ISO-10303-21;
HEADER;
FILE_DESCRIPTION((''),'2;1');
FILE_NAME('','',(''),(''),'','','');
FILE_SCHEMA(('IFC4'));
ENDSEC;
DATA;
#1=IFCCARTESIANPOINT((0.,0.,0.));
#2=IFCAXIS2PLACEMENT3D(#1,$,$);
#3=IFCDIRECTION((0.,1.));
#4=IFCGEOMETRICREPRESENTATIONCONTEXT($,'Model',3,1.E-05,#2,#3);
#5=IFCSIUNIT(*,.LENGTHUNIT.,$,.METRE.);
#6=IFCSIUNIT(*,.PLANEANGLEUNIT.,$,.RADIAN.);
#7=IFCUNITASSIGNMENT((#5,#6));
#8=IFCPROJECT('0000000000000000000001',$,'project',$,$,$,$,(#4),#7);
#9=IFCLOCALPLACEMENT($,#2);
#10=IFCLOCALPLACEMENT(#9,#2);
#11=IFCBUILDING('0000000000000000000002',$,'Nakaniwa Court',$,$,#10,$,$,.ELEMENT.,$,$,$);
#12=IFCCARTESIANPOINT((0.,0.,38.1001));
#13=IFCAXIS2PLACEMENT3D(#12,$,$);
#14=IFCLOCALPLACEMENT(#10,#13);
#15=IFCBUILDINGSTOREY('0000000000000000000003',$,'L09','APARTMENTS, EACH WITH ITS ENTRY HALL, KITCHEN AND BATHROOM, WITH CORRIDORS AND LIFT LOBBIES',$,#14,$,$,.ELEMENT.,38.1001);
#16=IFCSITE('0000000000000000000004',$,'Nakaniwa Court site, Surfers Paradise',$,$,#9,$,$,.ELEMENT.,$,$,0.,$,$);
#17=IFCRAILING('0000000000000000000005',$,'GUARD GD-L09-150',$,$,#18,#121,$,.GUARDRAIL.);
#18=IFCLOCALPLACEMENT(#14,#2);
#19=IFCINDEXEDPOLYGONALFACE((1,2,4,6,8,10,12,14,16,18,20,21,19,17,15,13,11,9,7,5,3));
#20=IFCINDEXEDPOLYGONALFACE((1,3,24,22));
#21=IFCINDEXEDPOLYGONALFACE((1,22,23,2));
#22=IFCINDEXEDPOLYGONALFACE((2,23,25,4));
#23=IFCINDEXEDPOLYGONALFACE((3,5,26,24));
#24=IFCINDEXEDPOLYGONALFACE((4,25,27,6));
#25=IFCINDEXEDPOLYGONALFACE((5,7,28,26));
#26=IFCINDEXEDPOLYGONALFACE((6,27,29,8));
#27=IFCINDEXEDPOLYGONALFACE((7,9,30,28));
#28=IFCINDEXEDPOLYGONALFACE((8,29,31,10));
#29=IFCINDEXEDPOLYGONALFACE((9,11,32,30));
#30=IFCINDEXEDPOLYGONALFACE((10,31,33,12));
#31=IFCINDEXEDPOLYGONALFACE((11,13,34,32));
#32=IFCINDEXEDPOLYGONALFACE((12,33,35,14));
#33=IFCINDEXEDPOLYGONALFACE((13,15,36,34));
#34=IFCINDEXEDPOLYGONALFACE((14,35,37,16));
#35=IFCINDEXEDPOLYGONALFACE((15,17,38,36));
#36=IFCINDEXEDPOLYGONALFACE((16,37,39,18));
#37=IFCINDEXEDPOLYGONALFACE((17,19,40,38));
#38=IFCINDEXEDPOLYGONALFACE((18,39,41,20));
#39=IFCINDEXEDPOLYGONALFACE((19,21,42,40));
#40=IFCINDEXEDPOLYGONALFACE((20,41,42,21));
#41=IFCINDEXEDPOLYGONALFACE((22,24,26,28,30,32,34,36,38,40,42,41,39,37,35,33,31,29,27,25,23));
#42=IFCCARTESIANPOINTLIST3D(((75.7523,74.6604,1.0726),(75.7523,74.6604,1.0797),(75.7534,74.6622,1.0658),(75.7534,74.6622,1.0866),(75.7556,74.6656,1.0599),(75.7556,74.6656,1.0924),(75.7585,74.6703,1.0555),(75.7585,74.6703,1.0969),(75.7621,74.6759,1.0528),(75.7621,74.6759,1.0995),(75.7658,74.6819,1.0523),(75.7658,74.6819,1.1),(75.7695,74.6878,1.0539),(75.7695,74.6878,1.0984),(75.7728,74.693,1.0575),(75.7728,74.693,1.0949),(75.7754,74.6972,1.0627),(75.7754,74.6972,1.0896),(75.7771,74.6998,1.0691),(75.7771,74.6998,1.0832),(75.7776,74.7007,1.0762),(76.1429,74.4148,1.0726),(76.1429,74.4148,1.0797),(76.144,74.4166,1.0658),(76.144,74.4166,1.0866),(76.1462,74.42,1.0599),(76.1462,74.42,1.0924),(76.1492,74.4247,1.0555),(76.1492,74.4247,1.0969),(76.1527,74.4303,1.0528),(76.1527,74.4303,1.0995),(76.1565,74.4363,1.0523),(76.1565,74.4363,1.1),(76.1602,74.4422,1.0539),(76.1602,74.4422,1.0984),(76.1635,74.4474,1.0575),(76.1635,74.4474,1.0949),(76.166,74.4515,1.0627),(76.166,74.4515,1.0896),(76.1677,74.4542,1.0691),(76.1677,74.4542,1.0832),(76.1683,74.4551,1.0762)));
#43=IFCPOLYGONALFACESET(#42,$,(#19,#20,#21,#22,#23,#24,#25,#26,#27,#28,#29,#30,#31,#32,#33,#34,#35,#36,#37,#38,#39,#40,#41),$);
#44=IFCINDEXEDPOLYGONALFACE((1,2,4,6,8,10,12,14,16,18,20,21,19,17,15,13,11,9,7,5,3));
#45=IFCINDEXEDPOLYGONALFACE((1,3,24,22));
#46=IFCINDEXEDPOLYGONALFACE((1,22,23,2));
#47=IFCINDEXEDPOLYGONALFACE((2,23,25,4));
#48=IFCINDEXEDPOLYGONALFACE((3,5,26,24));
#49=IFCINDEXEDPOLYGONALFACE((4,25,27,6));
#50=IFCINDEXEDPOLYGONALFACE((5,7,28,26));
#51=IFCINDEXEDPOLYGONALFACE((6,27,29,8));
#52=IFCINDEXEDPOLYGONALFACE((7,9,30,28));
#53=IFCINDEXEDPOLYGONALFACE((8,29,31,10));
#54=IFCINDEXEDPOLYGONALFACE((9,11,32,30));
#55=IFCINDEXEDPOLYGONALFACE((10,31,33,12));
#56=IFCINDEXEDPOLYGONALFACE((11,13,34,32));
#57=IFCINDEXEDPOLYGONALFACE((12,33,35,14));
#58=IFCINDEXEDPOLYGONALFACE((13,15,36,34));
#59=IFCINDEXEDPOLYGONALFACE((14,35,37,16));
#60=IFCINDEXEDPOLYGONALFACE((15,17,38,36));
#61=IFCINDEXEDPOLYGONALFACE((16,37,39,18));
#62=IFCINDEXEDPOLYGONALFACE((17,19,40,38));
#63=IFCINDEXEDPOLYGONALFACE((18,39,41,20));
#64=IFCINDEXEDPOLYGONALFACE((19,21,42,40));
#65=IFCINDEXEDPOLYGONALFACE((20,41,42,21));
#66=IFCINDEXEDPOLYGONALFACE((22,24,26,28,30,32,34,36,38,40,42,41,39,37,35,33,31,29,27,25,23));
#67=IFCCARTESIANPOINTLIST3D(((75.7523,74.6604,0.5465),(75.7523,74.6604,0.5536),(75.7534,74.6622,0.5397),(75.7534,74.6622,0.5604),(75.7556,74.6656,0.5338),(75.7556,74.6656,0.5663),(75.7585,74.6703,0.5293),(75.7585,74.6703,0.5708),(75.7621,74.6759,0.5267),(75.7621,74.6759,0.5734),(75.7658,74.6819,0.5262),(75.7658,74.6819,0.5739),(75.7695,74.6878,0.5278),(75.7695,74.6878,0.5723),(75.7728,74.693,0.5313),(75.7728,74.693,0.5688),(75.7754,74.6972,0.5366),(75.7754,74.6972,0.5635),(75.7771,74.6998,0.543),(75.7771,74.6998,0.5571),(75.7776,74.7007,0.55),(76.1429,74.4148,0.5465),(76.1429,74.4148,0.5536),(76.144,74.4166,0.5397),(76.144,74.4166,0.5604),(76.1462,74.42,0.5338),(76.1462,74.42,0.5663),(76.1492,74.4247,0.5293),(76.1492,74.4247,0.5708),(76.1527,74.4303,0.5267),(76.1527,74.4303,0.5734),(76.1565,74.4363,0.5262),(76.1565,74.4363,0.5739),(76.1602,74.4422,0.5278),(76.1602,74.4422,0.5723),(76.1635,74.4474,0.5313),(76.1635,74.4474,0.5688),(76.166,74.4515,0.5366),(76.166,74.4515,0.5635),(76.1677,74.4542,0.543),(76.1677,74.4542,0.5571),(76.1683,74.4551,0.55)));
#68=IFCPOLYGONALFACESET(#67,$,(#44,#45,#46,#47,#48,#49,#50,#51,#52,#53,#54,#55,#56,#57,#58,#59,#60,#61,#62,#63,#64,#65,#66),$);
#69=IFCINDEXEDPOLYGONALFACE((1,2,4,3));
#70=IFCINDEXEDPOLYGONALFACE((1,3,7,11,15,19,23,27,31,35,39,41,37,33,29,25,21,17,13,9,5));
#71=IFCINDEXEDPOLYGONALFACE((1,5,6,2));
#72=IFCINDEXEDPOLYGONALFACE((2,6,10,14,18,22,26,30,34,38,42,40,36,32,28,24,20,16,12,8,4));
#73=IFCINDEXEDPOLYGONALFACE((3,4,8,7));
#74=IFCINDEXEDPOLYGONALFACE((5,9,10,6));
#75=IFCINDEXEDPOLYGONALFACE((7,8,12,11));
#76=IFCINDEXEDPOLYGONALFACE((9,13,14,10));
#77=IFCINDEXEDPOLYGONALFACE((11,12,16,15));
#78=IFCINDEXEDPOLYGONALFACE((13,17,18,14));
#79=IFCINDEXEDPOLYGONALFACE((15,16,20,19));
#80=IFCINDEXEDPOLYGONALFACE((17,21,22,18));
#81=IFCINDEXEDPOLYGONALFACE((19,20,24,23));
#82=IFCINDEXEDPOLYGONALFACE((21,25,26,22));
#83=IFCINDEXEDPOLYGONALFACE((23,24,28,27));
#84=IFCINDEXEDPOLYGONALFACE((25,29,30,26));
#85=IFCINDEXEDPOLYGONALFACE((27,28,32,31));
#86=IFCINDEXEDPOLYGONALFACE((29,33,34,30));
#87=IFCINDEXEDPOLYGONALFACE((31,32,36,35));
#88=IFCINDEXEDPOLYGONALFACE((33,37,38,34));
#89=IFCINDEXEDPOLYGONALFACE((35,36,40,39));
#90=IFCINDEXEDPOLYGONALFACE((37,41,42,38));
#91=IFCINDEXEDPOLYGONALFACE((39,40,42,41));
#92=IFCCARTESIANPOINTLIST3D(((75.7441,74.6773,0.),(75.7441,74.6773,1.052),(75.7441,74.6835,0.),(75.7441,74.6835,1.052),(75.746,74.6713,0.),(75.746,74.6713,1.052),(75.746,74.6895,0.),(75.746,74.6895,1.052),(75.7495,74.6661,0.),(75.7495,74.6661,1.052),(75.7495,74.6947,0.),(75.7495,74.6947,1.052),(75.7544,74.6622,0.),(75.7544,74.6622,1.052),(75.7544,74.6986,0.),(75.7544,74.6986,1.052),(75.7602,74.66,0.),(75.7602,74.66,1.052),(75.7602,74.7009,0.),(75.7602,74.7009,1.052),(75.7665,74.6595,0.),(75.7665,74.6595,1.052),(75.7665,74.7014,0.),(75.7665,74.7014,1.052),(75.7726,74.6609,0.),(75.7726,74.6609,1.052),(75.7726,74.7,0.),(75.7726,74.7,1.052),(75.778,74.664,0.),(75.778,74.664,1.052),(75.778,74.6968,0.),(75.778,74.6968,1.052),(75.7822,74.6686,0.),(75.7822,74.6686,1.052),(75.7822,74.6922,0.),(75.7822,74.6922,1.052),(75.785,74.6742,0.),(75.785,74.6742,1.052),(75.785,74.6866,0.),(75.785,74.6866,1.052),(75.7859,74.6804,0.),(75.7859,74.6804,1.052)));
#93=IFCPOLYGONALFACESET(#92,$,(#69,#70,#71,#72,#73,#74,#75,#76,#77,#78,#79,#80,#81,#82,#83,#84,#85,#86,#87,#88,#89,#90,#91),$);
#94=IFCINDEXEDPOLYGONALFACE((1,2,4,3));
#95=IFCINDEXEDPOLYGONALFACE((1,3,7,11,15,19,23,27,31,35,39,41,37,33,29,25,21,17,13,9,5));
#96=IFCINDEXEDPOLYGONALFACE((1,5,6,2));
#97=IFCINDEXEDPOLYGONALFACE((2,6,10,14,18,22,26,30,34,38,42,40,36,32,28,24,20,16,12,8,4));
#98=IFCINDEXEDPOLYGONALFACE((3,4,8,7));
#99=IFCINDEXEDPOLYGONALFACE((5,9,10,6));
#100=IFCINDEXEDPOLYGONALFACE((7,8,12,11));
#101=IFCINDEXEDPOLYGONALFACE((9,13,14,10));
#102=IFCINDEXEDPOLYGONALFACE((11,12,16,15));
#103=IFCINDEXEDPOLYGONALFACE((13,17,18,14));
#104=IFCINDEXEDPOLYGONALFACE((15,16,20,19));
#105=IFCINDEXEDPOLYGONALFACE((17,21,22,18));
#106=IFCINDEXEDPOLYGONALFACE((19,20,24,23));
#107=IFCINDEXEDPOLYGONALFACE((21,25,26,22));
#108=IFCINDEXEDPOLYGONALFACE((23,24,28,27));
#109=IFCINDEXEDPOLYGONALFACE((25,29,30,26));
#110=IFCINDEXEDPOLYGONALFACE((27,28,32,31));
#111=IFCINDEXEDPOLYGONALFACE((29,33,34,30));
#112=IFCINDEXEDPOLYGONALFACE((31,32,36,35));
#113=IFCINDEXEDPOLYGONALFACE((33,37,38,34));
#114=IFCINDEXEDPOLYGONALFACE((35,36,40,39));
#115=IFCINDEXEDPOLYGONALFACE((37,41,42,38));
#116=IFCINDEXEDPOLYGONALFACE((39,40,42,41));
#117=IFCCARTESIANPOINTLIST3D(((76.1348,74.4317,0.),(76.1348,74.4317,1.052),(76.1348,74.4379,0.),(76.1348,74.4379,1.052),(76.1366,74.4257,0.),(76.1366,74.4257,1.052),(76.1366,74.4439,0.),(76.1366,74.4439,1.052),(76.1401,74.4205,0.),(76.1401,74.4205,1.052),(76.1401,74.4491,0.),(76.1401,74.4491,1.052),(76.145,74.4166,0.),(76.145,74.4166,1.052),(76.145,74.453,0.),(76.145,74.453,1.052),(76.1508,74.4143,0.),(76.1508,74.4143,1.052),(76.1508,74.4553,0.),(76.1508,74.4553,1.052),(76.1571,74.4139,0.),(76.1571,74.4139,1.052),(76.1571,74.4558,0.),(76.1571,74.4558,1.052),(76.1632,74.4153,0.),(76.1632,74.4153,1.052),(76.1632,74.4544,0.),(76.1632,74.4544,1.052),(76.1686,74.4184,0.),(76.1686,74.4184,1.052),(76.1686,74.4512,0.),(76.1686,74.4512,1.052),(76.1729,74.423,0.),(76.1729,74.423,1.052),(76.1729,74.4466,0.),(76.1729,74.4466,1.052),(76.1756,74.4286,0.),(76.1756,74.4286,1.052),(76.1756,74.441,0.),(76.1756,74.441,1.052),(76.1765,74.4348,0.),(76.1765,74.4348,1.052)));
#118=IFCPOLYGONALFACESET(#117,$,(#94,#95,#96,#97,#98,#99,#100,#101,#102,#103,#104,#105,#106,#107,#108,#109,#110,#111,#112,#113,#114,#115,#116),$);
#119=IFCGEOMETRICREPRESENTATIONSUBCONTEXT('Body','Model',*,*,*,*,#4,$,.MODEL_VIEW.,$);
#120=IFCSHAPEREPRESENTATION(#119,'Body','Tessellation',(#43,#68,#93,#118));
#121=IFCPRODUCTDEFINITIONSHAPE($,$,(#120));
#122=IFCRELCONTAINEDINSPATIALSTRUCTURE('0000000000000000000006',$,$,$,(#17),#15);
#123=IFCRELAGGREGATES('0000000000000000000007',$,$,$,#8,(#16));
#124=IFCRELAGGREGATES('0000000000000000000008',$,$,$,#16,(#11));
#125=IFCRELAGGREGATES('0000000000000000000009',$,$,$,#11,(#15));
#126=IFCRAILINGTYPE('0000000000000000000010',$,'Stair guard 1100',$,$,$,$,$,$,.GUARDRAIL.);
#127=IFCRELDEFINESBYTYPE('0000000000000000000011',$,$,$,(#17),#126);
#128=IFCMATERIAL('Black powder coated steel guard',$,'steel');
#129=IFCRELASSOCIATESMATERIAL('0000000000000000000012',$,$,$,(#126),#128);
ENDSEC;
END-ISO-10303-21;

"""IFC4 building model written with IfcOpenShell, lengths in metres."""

from ifc_helpers import new_model, si_unit, direction, frame, origin, origin_2d, place, context, subcontext, project, spatial, circle, extrude, material, type_object, element, save


model = new_model("IFC4")

# Units and contexts
model_context = context("Model", 3, precision=1e-05, world=origin(), true_north=direction((0.0, 1.0)))
body_context = subcontext(model_context, "Body", "Model", "MODEL_VIEW")
ifc_project = project(units=[si_unit("LENGTHUNIT", "METRE"), si_unit("PLANEANGLEUNIT", "RADIAN")], contexts=[model_context])

# Site, building, storey
site_placement = place(None, origin())
site = spatial("IfcSite", under=ifc_project, at=site_placement, Name="Nakaniwa Court site, Surfers Paradise", CompositionType="ELEMENT", RefElevation=0.0)
building_placement = place(site_placement, origin())
building = spatial("IfcBuilding", under=site, at=building_placement, Name="Nakaniwa Court", CompositionType="ELEMENT")
storey_placement = place(building_placement, frame((0.0, 0.0, 38.1001)))
storey = spatial("IfcBuildingStorey", under=building, at=storey_placement, Name="L09", Description="APARTMENTS, EACH WITH ITS ENTRY HALL, KITCHEN AND BATHROOM, WITH CORRIDORS AND LIFT LOBBIES", CompositionType="ELEMENT", Elevation=38.1001)

# Railing
ifc_material_1 = material(Name="Black powder coated steel guard", Category="steel")
railing_type = type_object("IfcRailingType", Name="Stair guard 1100", PredefinedType="GUARDRAIL", material=ifc_material_1)
railing_1_placement = place(storey_placement, frame((75.7649, 74.6804, 0.0)))
element("IfcRailing", 1, at=railing_1_placement, inside=storey, type_object=railing_type, Name="GUARD GD-L09-150", PredefinedType="GUARDRAIL", context=body_context, shape_type="SweptSolid", body=[
    extrude(circle(Radius=0.0239, at=origin_2d()), frame((0.0, 0.0, 1.0762), z_axis=(0.846568, -0.53228, 0.0), x_axis=(0.53228, 0.846568, 0.0)), (0.0, 0.0, 1.0), 0.4614),
    extrude(circle(Radius=0.0239, at=origin_2d()), frame((0.0, 0.0, 0.55), z_axis=(0.846568, -0.53228, 0.0), x_axis=(0.53228, 0.846568, 0.0)), (0.0, 0.0, 1.0), 0.4614),
    extrude(circle(Radius=0.021, at=origin_2d()), origin(), (0.0, 0.0, 1.0), 1.052),
    extrude(circle(Radius=0.021, at=origin_2d()), frame((0.3906, -0.2456, 0.0)), (0.0, 0.0, 1.0), 1.052),
])

save(model, "model.ifc")
